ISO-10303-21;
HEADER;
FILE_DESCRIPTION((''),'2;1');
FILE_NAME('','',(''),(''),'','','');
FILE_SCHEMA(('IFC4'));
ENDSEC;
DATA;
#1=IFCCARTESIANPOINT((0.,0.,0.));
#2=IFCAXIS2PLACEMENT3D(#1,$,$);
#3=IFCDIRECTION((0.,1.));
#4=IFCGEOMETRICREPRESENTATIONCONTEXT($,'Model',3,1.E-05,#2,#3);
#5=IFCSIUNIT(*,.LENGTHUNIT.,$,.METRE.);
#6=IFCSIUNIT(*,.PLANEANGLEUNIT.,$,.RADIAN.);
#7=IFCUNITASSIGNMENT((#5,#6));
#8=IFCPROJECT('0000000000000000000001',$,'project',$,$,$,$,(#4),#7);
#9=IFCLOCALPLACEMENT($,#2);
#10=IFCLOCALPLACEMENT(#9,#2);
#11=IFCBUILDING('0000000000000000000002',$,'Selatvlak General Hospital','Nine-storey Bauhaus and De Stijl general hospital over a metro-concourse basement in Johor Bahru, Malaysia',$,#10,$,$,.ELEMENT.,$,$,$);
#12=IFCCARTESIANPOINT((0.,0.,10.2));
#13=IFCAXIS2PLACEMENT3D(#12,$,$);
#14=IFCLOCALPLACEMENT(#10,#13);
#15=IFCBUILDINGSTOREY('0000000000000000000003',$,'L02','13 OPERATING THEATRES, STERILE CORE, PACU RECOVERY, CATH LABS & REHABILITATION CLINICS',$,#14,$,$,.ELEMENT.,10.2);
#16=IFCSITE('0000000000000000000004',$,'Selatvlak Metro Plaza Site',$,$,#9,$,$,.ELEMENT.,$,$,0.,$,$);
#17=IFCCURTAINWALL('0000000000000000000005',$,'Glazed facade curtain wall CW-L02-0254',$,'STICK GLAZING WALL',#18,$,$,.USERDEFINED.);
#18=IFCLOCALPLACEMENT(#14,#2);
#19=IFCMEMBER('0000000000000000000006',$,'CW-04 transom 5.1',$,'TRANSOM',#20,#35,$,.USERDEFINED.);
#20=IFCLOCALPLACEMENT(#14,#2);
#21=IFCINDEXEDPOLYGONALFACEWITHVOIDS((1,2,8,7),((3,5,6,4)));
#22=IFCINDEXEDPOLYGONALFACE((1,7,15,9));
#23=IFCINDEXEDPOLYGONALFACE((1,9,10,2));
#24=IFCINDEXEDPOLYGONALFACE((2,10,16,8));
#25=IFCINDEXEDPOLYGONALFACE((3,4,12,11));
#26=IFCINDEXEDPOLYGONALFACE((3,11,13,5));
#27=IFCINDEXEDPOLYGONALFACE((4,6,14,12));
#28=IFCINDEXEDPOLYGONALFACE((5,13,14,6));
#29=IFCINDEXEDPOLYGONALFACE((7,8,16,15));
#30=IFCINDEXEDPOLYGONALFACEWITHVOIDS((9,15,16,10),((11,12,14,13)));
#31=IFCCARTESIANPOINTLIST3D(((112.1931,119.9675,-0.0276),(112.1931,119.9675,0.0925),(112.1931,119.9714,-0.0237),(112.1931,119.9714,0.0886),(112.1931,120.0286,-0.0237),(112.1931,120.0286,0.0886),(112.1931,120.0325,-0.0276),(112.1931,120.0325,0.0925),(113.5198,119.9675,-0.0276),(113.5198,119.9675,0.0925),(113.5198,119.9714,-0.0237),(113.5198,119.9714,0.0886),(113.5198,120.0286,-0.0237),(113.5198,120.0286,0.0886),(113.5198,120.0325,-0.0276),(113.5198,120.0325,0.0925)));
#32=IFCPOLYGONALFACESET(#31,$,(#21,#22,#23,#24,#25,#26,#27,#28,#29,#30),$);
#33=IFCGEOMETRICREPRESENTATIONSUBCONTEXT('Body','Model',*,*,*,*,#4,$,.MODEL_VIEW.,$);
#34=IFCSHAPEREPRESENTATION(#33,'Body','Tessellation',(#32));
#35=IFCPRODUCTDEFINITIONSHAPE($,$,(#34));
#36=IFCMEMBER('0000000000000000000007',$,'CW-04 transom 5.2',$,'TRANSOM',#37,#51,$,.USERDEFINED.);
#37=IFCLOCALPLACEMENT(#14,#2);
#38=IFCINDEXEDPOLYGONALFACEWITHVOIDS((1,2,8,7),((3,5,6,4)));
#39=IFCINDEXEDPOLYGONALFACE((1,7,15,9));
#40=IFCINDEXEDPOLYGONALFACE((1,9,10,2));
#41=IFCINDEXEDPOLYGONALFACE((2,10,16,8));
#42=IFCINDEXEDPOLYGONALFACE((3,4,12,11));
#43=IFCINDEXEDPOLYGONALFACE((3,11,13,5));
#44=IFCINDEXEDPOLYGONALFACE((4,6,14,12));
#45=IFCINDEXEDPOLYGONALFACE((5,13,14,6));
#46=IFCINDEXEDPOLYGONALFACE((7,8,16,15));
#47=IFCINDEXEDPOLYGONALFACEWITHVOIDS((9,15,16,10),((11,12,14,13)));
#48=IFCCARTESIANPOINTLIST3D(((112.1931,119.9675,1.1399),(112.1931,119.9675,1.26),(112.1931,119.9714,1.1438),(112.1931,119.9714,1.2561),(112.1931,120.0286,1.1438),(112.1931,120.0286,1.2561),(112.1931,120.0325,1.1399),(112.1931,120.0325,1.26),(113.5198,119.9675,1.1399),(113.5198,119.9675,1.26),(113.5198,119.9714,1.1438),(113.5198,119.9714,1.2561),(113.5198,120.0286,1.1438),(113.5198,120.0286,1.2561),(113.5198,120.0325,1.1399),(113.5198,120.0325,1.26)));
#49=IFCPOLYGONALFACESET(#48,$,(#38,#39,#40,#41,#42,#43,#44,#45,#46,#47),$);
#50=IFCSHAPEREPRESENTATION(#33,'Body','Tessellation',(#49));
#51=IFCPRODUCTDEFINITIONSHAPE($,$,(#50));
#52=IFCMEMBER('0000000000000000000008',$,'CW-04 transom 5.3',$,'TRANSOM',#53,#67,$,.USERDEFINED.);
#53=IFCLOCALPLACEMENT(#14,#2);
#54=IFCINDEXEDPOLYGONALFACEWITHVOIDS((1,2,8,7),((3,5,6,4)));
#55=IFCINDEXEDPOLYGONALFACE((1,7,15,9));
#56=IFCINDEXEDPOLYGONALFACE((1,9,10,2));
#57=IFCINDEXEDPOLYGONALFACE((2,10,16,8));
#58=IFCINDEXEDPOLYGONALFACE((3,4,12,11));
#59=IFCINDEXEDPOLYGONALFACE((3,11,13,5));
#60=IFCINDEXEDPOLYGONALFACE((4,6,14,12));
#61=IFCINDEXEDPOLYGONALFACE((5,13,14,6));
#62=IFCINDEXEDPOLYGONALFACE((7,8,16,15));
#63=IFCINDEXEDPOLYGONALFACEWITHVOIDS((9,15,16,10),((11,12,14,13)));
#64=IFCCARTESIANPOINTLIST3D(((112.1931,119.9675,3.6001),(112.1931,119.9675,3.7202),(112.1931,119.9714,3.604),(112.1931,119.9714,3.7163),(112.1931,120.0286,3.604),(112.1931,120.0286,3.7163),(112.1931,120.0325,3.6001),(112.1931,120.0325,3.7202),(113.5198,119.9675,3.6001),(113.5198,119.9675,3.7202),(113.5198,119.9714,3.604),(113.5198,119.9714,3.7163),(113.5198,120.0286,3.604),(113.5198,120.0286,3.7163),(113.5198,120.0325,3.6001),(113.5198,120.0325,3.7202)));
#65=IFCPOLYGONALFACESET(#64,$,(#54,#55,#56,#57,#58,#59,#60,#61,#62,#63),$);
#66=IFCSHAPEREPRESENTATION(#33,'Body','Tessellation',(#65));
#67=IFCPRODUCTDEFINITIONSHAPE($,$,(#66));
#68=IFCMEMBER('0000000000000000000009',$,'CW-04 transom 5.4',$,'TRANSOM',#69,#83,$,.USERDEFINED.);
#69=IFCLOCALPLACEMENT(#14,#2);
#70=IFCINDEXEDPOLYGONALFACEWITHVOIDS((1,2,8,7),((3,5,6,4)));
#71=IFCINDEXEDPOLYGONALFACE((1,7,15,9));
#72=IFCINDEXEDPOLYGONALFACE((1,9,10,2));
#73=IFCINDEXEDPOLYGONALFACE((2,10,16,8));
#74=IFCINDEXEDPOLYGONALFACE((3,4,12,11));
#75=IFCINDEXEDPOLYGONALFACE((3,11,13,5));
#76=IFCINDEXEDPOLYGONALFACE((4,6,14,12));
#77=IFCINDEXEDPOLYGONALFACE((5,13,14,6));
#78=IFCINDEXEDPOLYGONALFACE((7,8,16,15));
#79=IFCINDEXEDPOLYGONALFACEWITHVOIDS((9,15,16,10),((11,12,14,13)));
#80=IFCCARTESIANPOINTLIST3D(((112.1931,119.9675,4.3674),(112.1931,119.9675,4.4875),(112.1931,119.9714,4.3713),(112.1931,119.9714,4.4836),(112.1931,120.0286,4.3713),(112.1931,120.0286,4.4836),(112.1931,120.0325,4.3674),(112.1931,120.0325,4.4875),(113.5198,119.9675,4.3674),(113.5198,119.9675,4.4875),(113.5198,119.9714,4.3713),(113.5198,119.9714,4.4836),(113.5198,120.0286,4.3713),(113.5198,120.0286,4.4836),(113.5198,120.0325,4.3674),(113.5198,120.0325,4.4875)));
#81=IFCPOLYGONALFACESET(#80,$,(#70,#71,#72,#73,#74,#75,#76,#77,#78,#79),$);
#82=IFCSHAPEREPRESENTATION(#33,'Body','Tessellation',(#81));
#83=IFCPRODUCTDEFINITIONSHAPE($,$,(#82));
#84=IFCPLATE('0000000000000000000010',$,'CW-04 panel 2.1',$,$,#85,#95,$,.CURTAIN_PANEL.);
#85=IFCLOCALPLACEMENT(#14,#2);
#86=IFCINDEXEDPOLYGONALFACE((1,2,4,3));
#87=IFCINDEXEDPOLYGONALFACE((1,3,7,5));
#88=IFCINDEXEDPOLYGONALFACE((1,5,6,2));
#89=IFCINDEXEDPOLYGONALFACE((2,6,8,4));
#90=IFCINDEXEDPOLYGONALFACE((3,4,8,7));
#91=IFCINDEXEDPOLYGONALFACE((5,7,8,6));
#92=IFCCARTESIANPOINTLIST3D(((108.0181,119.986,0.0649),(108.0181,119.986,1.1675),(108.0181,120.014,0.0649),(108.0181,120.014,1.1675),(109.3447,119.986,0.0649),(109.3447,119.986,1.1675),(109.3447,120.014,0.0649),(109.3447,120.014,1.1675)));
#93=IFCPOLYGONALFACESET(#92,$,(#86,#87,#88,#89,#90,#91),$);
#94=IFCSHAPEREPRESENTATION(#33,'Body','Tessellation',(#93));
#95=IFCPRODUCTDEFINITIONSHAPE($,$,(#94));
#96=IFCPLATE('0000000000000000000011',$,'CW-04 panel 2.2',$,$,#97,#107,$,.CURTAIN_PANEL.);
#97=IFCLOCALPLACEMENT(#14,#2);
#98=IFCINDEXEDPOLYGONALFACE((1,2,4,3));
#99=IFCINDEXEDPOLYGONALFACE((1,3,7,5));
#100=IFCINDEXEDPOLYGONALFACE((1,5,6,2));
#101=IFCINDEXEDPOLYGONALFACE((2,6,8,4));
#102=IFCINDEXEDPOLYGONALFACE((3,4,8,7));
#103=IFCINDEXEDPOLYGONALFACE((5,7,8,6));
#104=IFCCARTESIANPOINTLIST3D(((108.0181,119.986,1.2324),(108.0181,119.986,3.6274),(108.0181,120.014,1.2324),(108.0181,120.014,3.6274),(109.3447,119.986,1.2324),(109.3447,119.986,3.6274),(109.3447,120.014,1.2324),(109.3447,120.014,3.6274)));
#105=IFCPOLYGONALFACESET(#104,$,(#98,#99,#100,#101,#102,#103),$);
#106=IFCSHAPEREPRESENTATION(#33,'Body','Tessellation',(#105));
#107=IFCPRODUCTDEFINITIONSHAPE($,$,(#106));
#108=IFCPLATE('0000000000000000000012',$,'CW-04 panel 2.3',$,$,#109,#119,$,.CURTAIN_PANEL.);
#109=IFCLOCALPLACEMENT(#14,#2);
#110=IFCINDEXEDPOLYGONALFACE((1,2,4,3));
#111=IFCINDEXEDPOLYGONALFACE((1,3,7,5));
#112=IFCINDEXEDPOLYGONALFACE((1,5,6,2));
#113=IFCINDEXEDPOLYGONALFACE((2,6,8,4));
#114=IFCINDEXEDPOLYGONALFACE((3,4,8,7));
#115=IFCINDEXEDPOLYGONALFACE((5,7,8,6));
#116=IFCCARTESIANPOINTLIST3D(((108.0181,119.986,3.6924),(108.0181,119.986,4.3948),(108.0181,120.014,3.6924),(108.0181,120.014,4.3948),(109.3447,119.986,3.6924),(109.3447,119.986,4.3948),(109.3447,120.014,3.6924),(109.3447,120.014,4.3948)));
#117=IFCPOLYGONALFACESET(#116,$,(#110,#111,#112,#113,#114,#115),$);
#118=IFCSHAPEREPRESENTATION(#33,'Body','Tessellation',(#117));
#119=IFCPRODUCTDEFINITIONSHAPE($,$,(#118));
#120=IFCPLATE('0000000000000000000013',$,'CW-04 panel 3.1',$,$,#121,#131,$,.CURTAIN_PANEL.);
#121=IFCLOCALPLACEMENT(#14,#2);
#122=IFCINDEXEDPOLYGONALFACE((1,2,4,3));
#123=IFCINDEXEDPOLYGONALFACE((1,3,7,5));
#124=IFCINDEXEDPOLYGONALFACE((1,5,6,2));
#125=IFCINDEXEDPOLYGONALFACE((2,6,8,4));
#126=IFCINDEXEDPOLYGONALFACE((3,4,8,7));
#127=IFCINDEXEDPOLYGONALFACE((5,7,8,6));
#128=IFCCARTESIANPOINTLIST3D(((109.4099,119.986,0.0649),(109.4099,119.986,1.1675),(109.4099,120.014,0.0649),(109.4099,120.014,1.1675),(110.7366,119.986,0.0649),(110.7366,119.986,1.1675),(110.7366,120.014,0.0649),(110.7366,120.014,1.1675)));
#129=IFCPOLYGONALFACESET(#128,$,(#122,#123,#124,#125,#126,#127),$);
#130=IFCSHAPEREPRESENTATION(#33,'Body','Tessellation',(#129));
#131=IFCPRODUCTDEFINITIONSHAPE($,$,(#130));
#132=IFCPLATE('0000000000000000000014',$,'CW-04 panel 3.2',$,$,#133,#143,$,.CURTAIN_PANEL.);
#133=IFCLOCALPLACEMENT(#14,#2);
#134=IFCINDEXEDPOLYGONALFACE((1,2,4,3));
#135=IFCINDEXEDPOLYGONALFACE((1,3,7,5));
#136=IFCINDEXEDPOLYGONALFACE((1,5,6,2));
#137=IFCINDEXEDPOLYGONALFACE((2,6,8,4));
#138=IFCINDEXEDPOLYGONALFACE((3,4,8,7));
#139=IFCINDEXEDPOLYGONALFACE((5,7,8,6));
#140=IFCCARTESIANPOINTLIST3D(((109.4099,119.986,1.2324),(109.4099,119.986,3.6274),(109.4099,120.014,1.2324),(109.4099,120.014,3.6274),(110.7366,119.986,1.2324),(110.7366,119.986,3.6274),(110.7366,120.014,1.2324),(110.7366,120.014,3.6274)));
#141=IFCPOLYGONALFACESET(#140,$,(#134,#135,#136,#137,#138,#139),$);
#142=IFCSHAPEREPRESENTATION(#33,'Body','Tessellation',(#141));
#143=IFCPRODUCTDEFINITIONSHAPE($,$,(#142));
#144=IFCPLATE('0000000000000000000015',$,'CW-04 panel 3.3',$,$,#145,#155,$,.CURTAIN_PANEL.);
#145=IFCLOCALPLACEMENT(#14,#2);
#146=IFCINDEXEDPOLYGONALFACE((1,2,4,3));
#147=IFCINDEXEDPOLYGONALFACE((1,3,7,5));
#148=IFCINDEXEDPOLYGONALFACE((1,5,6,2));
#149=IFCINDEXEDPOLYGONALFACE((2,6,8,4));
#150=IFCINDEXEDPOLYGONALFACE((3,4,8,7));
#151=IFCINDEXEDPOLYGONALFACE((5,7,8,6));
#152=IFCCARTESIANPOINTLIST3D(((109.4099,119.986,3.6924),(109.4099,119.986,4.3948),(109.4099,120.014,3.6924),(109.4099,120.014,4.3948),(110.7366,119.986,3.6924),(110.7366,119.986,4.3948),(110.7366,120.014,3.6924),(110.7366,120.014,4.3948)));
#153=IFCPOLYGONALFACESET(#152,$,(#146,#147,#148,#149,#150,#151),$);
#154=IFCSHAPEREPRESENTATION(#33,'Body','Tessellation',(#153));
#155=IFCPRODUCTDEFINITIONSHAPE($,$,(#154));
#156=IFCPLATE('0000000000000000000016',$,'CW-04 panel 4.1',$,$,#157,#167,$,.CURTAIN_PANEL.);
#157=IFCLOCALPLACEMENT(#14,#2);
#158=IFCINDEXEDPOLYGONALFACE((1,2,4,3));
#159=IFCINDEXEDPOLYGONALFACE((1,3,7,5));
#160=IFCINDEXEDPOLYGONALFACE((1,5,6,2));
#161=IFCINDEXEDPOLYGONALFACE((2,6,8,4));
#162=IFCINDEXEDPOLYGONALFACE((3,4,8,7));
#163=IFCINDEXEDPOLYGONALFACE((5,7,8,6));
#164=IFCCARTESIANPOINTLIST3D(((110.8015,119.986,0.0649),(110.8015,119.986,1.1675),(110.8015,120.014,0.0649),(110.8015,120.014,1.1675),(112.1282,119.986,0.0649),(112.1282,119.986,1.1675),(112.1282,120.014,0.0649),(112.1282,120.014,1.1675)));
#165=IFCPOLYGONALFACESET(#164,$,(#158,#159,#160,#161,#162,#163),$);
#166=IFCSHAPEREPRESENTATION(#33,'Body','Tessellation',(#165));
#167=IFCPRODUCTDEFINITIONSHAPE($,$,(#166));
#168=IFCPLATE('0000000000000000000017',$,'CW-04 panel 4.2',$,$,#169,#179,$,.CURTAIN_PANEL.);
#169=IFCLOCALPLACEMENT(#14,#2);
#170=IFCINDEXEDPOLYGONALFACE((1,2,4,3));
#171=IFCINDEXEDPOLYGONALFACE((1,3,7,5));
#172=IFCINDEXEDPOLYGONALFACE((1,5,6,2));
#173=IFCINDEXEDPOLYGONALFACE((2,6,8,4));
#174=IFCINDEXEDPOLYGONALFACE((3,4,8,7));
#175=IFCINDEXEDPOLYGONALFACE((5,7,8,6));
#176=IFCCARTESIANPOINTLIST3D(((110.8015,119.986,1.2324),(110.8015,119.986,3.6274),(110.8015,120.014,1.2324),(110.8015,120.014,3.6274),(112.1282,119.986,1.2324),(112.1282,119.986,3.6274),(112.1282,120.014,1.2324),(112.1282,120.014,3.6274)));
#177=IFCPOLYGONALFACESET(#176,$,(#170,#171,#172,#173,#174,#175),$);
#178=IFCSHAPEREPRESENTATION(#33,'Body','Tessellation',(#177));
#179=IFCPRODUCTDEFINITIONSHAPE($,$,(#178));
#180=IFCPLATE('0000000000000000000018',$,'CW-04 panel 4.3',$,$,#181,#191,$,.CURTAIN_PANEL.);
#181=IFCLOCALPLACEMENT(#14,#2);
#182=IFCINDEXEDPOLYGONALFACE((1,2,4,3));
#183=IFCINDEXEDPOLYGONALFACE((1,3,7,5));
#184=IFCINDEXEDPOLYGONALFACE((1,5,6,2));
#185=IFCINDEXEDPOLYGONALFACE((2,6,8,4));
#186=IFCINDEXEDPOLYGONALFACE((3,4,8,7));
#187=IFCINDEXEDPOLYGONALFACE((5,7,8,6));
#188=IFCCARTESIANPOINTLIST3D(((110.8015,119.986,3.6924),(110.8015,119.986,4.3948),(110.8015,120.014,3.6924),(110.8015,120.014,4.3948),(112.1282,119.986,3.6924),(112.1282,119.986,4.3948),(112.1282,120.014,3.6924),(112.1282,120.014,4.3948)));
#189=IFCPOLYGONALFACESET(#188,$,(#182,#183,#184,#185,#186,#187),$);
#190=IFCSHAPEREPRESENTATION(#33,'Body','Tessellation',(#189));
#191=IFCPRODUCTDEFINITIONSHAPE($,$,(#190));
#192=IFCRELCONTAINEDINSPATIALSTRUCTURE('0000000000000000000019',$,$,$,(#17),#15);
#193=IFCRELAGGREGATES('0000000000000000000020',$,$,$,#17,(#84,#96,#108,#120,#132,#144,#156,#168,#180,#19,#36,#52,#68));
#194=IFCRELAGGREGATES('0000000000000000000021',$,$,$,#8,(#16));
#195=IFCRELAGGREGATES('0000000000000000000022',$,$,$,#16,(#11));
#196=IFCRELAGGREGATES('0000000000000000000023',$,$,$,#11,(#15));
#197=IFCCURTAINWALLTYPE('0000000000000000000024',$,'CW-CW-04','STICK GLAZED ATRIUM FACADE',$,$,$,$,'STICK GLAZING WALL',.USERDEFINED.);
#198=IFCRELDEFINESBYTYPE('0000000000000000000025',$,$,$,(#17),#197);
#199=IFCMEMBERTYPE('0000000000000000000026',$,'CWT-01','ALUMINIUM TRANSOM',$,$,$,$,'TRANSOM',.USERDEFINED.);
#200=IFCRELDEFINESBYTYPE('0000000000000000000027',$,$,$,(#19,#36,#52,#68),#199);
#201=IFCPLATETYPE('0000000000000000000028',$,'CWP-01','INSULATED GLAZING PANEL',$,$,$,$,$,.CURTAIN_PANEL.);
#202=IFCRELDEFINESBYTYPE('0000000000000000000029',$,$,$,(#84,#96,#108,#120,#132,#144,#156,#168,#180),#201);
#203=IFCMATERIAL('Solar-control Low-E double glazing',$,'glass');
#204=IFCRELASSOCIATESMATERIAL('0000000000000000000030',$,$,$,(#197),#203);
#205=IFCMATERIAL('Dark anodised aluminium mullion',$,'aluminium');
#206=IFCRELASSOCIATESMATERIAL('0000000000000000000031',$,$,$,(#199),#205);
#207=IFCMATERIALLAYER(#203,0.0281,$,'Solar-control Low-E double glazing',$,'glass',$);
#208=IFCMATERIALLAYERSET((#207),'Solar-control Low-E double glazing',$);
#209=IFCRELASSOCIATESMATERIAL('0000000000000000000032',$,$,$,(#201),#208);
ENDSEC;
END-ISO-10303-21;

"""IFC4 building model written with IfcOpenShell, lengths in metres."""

from ifc_helpers import new_model, si_unit, direction, frame, origin, origin_2d, place, context, subcontext, project, spatial, rectangle, hollow_rectangle, extrude, material, layer, layer_set, material_profile, profile_set, type_object, element, aggregate, save


model = new_model("IFC4")

# Units and contexts
model_context = context("Model", 3, precision=1e-05, world=origin(), true_north=direction((0.0, 1.0)))
body_context = subcontext(model_context, "Body", "Model", "MODEL_VIEW")
ifc_project = project(units=[si_unit("LENGTHUNIT", "METRE"), si_unit("PLANEANGLEUNIT", "RADIAN")], contexts=[model_context])

# Site, building, storey
site_placement = place(None, origin())
site = spatial("IfcSite", under=ifc_project, at=site_placement, Name="Selatvlak Metro Plaza Site", CompositionType="ELEMENT", RefElevation=0.0)
building_placement = place(site_placement, origin())
building = spatial("IfcBuilding", under=site, at=building_placement, Name="Selatvlak General Hospital", Description="Nine-storey Bauhaus and De Stijl general hospital over a metro-concourse basement in Johor Bahru, Malaysia", CompositionType="ELEMENT")
storey_placement = place(building_placement, frame((0.0, 0.0, 10.2)))
storey = spatial("IfcBuildingStorey", under=building, at=storey_placement, Name="L02", Description="13 OPERATING THEATRES, STERILE CORE, PACU RECOVERY, CATH LABS & REHABILITATION CLINICS", CompositionType="ELEMENT", Elevation=10.2)

# Curtain wall, members, plates
ifc_material_1 = material(Name="Solar-control Low-E double glazing", Category="glass")
curtain_wall_type = type_object("IfcCurtainWallType", Name="CW-CW-04", Description="STICK GLAZED ATRIUM FACADE", ElementType="STICK GLAZING WALL", PredefinedType="USERDEFINED", material=ifc_material_1)
curtain_wall_placement = place(storey_placement, origin())
curtain_wall = element("IfcCurtainWall", 1, at=curtain_wall_placement, inside=storey, type_object=curtain_wall_type, Name="Glazed facade curtain wall CW-L02-0254", ObjectType="STICK GLAZING WALL", PredefinedType="USERDEFINED")
ifc_material_2 = material(Name="Dark anodised aluminium mullion", Category="aluminium")
ifc_material_profile_1 = material_profile(ifc_material_2, hollow_rectangle(XDim=0.0649, YDim=0.1201, WallThickness=0.0039, at=origin_2d()), Name="AL-TRN 65x120x4")
ifc_profile_set_1 = profile_set([ifc_material_profile_1], Name="Dark anodised aluminium mullion")
member_type_1 = type_object("IfcMemberType", Name="CWT-01", Description="ALUMINIUM TRANSOM", ElementType="TRANSOM", PredefinedType="USERDEFINED", material=ifc_profile_set_1)
member_1_placement = place(storey_placement, frame((112.1931, 120.0, 0.0325), z_axis=(1.0, 0.0, 0.0), x_axis=(0.0, 1.0, 0.0)))
member_1 = element("IfcMember", 2, at=member_1_placement, type_object=member_type_1, Name="CW-04 transom 5.1", ObjectType="TRANSOM", PredefinedType="USERDEFINED", context=body_context, shape_type="SweptSolid", body=[
    extrude(hollow_rectangle(XDim=0.0649, YDim=0.1201, WallThickness=0.0039, at=origin_2d()), origin(), (0.0, 0.0, 1.0), 1.3267),
])
member_2_placement = place(storey_placement, frame((112.1931, 120.0, 1.2), z_axis=(1.0, 0.0, 0.0), x_axis=(0.0, 1.0, 0.0)))
member_2 = element("IfcMember", 3, at=member_2_placement, type_object=member_type_1, Name="CW-04 transom 5.2", ObjectType="TRANSOM", PredefinedType="USERDEFINED", context=body_context, shape_type="SweptSolid", body=[
    extrude(hollow_rectangle(XDim=0.0649, YDim=0.1201, WallThickness=0.0039, at=origin_2d()), origin(), (0.0, 0.0, 1.0), 1.3267),
])
member_3_placement = place(storey_placement, frame((112.1931, 120.0, 3.6602), z_axis=(1.0, 0.0, 0.0), x_axis=(0.0, 1.0, 0.0)))
member_3 = element("IfcMember", 4, at=member_3_placement, type_object=member_type_1, Name="CW-04 transom 5.3", ObjectType="TRANSOM", PredefinedType="USERDEFINED", context=body_context, shape_type="SweptSolid", body=[
    extrude(hollow_rectangle(XDim=0.0649, YDim=0.1201, WallThickness=0.0039, at=origin_2d()), origin(), (0.0, 0.0, 1.0), 1.3267),
])
member_4_placement = place(storey_placement, frame((112.1931, 120.0, 4.4275), z_axis=(1.0, 0.0, 0.0), x_axis=(0.0, 1.0, 0.0)))
member_4 = element("IfcMember", 5, at=member_4_placement, type_object=member_type_1, Name="CW-04 transom 5.4", ObjectType="TRANSOM", PredefinedType="USERDEFINED", context=body_context, shape_type="SweptSolid", body=[
    extrude(hollow_rectangle(XDim=0.0649, YDim=0.1201, WallThickness=0.0039, at=origin_2d()), origin(), (0.0, 0.0, 1.0), 1.3267),
])
ifc_layer = layer(ifc_material_1, 0.0281, Name="Solar-control Low-E double glazing", Category="glass")
ifc_layer_set = layer_set([ifc_layer], Name="Solar-control Low-E double glazing")
plate_type = type_object("IfcPlateType", Name="CWP-01", Description="INSULATED GLAZING PANEL", PredefinedType="CURTAIN_PANEL", material=ifc_layer_set)
plate_1_placement = place(storey_placement, frame((108.6814, 120.0, 0.0649), z_axis=(0.0, 0.0, 1.0), x_axis=(1.0, 0.0, 0.0)))
plate_1 = element("IfcPlate", 6, at=plate_1_placement, type_object=plate_type, Name="CW-04 panel 2.1", PredefinedType="CURTAIN_PANEL", context=body_context, shape_type="SweptSolid", body=[
    extrude(rectangle(XDim=1.3267, YDim=0.0281, at=origin_2d()), origin(), (0.0, 0.0, 1.0), 1.1025),
])
plate_2_placement = place(storey_placement, frame((108.6814, 120.0, 1.2324), z_axis=(0.0, 0.0, 1.0), x_axis=(1.0, 0.0, 0.0)))
plate_2 = element("IfcPlate", 7, at=plate_2_placement, type_object=plate_type, Name="CW-04 panel 2.2", PredefinedType="CURTAIN_PANEL", context=body_context, shape_type="SweptSolid", body=[
    extrude(rectangle(XDim=1.3267, YDim=0.0281, at=origin_2d()), origin(), (0.0, 0.0, 1.0), 2.395),
])
plate_3_placement = place(storey_placement, frame((108.6814, 120.0, 3.6924), z_axis=(0.0, 0.0, 1.0), x_axis=(1.0, 0.0, 0.0)))
plate_3 = element("IfcPlate", 8, at=plate_3_placement, type_object=plate_type, Name="CW-04 panel 2.3", PredefinedType="CURTAIN_PANEL", context=body_context, shape_type="SweptSolid", body=[
    extrude(rectangle(XDim=1.3267, YDim=0.0281, at=origin_2d()), origin(), (0.0, 0.0, 1.0), 0.7024),
])
plate_4_placement = place(storey_placement, frame((110.0732, 120.0, 0.0649), z_axis=(0.0, 0.0, 1.0), x_axis=(1.0, 0.0, 0.0)))
plate_4 = element("IfcPlate", 9, at=plate_4_placement, type_object=plate_type, Name="CW-04 panel 3.1", PredefinedType="CURTAIN_PANEL", context=body_context, shape_type="SweptSolid", body=[
    extrude(rectangle(XDim=1.3267, YDim=0.0281, at=origin_2d()), origin(), (0.0, 0.0, 1.0), 1.1025),
])
plate_5_placement = place(storey_placement, frame((110.0732, 120.0, 1.2324), z_axis=(0.0, 0.0, 1.0), x_axis=(1.0, 0.0, 0.0)))
plate_5 = element("IfcPlate", 10, at=plate_5_placement, type_object=plate_type, Name="CW-04 panel 3.2", PredefinedType="CURTAIN_PANEL", context=body_context, shape_type="SweptSolid", body=[
    extrude(rectangle(XDim=1.3267, YDim=0.0281, at=origin_2d()), origin(), (0.0, 0.0, 1.0), 2.395),
])
plate_6_placement = place(storey_placement, frame((110.0732, 120.0, 3.6924), z_axis=(0.0, 0.0, 1.0), x_axis=(1.0, 0.0, 0.0)))
plate_6 = element("IfcPlate", 11, at=plate_6_placement, type_object=plate_type, Name="CW-04 panel 3.3", PredefinedType="CURTAIN_PANEL", context=body_context, shape_type="SweptSolid", body=[
    extrude(rectangle(XDim=1.3267, YDim=0.0281, at=origin_2d()), origin(), (0.0, 0.0, 1.0), 0.7024),
])
plate_7_placement = place(storey_placement, frame((111.4648, 120.0, 0.0649), z_axis=(0.0, 0.0, 1.0), x_axis=(1.0, 0.0, 0.0)))
plate_7 = element("IfcPlate", 12, at=plate_7_placement, type_object=plate_type, Name="CW-04 panel 4.1", PredefinedType="CURTAIN_PANEL", context=body_context, shape_type="SweptSolid", body=[
    extrude(rectangle(XDim=1.3267, YDim=0.0281, at=origin_2d()), origin(), (0.0, 0.0, 1.0), 1.1025),
])
plate_8_placement = place(storey_placement, frame((111.4648, 120.0, 1.2324), z_axis=(0.0, 0.0, 1.0), x_axis=(1.0, 0.0, 0.0)))
plate_8 = element("IfcPlate", 13, at=plate_8_placement, type_object=plate_type, Name="CW-04 panel 4.2", PredefinedType="CURTAIN_PANEL", context=body_context, shape_type="SweptSolid", body=[
    extrude(rectangle(XDim=1.3267, YDim=0.0281, at=origin_2d()), origin(), (0.0, 0.0, 1.0), 2.395),
])
plate_9_placement = place(storey_placement, frame((111.4648, 120.0, 3.6924), z_axis=(0.0, 0.0, 1.0), x_axis=(1.0, 0.0, 0.0)))
plate_9 = element("IfcPlate", 14, at=plate_9_placement, type_object=plate_type, Name="CW-04 panel 4.3", PredefinedType="CURTAIN_PANEL", context=body_context, shape_type="SweptSolid", body=[
    extrude(rectangle(XDim=1.3267, YDim=0.0281, at=origin_2d()), origin(), (0.0, 0.0, 1.0), 0.7024),
])
aggregate(curtain_wall, [plate_1, plate_2, plate_3, plate_4, plate_5, plate_6, plate_7, plate_8, plate_9, member_1, member_2, member_3, member_4])

save(model, "model.ifc")
